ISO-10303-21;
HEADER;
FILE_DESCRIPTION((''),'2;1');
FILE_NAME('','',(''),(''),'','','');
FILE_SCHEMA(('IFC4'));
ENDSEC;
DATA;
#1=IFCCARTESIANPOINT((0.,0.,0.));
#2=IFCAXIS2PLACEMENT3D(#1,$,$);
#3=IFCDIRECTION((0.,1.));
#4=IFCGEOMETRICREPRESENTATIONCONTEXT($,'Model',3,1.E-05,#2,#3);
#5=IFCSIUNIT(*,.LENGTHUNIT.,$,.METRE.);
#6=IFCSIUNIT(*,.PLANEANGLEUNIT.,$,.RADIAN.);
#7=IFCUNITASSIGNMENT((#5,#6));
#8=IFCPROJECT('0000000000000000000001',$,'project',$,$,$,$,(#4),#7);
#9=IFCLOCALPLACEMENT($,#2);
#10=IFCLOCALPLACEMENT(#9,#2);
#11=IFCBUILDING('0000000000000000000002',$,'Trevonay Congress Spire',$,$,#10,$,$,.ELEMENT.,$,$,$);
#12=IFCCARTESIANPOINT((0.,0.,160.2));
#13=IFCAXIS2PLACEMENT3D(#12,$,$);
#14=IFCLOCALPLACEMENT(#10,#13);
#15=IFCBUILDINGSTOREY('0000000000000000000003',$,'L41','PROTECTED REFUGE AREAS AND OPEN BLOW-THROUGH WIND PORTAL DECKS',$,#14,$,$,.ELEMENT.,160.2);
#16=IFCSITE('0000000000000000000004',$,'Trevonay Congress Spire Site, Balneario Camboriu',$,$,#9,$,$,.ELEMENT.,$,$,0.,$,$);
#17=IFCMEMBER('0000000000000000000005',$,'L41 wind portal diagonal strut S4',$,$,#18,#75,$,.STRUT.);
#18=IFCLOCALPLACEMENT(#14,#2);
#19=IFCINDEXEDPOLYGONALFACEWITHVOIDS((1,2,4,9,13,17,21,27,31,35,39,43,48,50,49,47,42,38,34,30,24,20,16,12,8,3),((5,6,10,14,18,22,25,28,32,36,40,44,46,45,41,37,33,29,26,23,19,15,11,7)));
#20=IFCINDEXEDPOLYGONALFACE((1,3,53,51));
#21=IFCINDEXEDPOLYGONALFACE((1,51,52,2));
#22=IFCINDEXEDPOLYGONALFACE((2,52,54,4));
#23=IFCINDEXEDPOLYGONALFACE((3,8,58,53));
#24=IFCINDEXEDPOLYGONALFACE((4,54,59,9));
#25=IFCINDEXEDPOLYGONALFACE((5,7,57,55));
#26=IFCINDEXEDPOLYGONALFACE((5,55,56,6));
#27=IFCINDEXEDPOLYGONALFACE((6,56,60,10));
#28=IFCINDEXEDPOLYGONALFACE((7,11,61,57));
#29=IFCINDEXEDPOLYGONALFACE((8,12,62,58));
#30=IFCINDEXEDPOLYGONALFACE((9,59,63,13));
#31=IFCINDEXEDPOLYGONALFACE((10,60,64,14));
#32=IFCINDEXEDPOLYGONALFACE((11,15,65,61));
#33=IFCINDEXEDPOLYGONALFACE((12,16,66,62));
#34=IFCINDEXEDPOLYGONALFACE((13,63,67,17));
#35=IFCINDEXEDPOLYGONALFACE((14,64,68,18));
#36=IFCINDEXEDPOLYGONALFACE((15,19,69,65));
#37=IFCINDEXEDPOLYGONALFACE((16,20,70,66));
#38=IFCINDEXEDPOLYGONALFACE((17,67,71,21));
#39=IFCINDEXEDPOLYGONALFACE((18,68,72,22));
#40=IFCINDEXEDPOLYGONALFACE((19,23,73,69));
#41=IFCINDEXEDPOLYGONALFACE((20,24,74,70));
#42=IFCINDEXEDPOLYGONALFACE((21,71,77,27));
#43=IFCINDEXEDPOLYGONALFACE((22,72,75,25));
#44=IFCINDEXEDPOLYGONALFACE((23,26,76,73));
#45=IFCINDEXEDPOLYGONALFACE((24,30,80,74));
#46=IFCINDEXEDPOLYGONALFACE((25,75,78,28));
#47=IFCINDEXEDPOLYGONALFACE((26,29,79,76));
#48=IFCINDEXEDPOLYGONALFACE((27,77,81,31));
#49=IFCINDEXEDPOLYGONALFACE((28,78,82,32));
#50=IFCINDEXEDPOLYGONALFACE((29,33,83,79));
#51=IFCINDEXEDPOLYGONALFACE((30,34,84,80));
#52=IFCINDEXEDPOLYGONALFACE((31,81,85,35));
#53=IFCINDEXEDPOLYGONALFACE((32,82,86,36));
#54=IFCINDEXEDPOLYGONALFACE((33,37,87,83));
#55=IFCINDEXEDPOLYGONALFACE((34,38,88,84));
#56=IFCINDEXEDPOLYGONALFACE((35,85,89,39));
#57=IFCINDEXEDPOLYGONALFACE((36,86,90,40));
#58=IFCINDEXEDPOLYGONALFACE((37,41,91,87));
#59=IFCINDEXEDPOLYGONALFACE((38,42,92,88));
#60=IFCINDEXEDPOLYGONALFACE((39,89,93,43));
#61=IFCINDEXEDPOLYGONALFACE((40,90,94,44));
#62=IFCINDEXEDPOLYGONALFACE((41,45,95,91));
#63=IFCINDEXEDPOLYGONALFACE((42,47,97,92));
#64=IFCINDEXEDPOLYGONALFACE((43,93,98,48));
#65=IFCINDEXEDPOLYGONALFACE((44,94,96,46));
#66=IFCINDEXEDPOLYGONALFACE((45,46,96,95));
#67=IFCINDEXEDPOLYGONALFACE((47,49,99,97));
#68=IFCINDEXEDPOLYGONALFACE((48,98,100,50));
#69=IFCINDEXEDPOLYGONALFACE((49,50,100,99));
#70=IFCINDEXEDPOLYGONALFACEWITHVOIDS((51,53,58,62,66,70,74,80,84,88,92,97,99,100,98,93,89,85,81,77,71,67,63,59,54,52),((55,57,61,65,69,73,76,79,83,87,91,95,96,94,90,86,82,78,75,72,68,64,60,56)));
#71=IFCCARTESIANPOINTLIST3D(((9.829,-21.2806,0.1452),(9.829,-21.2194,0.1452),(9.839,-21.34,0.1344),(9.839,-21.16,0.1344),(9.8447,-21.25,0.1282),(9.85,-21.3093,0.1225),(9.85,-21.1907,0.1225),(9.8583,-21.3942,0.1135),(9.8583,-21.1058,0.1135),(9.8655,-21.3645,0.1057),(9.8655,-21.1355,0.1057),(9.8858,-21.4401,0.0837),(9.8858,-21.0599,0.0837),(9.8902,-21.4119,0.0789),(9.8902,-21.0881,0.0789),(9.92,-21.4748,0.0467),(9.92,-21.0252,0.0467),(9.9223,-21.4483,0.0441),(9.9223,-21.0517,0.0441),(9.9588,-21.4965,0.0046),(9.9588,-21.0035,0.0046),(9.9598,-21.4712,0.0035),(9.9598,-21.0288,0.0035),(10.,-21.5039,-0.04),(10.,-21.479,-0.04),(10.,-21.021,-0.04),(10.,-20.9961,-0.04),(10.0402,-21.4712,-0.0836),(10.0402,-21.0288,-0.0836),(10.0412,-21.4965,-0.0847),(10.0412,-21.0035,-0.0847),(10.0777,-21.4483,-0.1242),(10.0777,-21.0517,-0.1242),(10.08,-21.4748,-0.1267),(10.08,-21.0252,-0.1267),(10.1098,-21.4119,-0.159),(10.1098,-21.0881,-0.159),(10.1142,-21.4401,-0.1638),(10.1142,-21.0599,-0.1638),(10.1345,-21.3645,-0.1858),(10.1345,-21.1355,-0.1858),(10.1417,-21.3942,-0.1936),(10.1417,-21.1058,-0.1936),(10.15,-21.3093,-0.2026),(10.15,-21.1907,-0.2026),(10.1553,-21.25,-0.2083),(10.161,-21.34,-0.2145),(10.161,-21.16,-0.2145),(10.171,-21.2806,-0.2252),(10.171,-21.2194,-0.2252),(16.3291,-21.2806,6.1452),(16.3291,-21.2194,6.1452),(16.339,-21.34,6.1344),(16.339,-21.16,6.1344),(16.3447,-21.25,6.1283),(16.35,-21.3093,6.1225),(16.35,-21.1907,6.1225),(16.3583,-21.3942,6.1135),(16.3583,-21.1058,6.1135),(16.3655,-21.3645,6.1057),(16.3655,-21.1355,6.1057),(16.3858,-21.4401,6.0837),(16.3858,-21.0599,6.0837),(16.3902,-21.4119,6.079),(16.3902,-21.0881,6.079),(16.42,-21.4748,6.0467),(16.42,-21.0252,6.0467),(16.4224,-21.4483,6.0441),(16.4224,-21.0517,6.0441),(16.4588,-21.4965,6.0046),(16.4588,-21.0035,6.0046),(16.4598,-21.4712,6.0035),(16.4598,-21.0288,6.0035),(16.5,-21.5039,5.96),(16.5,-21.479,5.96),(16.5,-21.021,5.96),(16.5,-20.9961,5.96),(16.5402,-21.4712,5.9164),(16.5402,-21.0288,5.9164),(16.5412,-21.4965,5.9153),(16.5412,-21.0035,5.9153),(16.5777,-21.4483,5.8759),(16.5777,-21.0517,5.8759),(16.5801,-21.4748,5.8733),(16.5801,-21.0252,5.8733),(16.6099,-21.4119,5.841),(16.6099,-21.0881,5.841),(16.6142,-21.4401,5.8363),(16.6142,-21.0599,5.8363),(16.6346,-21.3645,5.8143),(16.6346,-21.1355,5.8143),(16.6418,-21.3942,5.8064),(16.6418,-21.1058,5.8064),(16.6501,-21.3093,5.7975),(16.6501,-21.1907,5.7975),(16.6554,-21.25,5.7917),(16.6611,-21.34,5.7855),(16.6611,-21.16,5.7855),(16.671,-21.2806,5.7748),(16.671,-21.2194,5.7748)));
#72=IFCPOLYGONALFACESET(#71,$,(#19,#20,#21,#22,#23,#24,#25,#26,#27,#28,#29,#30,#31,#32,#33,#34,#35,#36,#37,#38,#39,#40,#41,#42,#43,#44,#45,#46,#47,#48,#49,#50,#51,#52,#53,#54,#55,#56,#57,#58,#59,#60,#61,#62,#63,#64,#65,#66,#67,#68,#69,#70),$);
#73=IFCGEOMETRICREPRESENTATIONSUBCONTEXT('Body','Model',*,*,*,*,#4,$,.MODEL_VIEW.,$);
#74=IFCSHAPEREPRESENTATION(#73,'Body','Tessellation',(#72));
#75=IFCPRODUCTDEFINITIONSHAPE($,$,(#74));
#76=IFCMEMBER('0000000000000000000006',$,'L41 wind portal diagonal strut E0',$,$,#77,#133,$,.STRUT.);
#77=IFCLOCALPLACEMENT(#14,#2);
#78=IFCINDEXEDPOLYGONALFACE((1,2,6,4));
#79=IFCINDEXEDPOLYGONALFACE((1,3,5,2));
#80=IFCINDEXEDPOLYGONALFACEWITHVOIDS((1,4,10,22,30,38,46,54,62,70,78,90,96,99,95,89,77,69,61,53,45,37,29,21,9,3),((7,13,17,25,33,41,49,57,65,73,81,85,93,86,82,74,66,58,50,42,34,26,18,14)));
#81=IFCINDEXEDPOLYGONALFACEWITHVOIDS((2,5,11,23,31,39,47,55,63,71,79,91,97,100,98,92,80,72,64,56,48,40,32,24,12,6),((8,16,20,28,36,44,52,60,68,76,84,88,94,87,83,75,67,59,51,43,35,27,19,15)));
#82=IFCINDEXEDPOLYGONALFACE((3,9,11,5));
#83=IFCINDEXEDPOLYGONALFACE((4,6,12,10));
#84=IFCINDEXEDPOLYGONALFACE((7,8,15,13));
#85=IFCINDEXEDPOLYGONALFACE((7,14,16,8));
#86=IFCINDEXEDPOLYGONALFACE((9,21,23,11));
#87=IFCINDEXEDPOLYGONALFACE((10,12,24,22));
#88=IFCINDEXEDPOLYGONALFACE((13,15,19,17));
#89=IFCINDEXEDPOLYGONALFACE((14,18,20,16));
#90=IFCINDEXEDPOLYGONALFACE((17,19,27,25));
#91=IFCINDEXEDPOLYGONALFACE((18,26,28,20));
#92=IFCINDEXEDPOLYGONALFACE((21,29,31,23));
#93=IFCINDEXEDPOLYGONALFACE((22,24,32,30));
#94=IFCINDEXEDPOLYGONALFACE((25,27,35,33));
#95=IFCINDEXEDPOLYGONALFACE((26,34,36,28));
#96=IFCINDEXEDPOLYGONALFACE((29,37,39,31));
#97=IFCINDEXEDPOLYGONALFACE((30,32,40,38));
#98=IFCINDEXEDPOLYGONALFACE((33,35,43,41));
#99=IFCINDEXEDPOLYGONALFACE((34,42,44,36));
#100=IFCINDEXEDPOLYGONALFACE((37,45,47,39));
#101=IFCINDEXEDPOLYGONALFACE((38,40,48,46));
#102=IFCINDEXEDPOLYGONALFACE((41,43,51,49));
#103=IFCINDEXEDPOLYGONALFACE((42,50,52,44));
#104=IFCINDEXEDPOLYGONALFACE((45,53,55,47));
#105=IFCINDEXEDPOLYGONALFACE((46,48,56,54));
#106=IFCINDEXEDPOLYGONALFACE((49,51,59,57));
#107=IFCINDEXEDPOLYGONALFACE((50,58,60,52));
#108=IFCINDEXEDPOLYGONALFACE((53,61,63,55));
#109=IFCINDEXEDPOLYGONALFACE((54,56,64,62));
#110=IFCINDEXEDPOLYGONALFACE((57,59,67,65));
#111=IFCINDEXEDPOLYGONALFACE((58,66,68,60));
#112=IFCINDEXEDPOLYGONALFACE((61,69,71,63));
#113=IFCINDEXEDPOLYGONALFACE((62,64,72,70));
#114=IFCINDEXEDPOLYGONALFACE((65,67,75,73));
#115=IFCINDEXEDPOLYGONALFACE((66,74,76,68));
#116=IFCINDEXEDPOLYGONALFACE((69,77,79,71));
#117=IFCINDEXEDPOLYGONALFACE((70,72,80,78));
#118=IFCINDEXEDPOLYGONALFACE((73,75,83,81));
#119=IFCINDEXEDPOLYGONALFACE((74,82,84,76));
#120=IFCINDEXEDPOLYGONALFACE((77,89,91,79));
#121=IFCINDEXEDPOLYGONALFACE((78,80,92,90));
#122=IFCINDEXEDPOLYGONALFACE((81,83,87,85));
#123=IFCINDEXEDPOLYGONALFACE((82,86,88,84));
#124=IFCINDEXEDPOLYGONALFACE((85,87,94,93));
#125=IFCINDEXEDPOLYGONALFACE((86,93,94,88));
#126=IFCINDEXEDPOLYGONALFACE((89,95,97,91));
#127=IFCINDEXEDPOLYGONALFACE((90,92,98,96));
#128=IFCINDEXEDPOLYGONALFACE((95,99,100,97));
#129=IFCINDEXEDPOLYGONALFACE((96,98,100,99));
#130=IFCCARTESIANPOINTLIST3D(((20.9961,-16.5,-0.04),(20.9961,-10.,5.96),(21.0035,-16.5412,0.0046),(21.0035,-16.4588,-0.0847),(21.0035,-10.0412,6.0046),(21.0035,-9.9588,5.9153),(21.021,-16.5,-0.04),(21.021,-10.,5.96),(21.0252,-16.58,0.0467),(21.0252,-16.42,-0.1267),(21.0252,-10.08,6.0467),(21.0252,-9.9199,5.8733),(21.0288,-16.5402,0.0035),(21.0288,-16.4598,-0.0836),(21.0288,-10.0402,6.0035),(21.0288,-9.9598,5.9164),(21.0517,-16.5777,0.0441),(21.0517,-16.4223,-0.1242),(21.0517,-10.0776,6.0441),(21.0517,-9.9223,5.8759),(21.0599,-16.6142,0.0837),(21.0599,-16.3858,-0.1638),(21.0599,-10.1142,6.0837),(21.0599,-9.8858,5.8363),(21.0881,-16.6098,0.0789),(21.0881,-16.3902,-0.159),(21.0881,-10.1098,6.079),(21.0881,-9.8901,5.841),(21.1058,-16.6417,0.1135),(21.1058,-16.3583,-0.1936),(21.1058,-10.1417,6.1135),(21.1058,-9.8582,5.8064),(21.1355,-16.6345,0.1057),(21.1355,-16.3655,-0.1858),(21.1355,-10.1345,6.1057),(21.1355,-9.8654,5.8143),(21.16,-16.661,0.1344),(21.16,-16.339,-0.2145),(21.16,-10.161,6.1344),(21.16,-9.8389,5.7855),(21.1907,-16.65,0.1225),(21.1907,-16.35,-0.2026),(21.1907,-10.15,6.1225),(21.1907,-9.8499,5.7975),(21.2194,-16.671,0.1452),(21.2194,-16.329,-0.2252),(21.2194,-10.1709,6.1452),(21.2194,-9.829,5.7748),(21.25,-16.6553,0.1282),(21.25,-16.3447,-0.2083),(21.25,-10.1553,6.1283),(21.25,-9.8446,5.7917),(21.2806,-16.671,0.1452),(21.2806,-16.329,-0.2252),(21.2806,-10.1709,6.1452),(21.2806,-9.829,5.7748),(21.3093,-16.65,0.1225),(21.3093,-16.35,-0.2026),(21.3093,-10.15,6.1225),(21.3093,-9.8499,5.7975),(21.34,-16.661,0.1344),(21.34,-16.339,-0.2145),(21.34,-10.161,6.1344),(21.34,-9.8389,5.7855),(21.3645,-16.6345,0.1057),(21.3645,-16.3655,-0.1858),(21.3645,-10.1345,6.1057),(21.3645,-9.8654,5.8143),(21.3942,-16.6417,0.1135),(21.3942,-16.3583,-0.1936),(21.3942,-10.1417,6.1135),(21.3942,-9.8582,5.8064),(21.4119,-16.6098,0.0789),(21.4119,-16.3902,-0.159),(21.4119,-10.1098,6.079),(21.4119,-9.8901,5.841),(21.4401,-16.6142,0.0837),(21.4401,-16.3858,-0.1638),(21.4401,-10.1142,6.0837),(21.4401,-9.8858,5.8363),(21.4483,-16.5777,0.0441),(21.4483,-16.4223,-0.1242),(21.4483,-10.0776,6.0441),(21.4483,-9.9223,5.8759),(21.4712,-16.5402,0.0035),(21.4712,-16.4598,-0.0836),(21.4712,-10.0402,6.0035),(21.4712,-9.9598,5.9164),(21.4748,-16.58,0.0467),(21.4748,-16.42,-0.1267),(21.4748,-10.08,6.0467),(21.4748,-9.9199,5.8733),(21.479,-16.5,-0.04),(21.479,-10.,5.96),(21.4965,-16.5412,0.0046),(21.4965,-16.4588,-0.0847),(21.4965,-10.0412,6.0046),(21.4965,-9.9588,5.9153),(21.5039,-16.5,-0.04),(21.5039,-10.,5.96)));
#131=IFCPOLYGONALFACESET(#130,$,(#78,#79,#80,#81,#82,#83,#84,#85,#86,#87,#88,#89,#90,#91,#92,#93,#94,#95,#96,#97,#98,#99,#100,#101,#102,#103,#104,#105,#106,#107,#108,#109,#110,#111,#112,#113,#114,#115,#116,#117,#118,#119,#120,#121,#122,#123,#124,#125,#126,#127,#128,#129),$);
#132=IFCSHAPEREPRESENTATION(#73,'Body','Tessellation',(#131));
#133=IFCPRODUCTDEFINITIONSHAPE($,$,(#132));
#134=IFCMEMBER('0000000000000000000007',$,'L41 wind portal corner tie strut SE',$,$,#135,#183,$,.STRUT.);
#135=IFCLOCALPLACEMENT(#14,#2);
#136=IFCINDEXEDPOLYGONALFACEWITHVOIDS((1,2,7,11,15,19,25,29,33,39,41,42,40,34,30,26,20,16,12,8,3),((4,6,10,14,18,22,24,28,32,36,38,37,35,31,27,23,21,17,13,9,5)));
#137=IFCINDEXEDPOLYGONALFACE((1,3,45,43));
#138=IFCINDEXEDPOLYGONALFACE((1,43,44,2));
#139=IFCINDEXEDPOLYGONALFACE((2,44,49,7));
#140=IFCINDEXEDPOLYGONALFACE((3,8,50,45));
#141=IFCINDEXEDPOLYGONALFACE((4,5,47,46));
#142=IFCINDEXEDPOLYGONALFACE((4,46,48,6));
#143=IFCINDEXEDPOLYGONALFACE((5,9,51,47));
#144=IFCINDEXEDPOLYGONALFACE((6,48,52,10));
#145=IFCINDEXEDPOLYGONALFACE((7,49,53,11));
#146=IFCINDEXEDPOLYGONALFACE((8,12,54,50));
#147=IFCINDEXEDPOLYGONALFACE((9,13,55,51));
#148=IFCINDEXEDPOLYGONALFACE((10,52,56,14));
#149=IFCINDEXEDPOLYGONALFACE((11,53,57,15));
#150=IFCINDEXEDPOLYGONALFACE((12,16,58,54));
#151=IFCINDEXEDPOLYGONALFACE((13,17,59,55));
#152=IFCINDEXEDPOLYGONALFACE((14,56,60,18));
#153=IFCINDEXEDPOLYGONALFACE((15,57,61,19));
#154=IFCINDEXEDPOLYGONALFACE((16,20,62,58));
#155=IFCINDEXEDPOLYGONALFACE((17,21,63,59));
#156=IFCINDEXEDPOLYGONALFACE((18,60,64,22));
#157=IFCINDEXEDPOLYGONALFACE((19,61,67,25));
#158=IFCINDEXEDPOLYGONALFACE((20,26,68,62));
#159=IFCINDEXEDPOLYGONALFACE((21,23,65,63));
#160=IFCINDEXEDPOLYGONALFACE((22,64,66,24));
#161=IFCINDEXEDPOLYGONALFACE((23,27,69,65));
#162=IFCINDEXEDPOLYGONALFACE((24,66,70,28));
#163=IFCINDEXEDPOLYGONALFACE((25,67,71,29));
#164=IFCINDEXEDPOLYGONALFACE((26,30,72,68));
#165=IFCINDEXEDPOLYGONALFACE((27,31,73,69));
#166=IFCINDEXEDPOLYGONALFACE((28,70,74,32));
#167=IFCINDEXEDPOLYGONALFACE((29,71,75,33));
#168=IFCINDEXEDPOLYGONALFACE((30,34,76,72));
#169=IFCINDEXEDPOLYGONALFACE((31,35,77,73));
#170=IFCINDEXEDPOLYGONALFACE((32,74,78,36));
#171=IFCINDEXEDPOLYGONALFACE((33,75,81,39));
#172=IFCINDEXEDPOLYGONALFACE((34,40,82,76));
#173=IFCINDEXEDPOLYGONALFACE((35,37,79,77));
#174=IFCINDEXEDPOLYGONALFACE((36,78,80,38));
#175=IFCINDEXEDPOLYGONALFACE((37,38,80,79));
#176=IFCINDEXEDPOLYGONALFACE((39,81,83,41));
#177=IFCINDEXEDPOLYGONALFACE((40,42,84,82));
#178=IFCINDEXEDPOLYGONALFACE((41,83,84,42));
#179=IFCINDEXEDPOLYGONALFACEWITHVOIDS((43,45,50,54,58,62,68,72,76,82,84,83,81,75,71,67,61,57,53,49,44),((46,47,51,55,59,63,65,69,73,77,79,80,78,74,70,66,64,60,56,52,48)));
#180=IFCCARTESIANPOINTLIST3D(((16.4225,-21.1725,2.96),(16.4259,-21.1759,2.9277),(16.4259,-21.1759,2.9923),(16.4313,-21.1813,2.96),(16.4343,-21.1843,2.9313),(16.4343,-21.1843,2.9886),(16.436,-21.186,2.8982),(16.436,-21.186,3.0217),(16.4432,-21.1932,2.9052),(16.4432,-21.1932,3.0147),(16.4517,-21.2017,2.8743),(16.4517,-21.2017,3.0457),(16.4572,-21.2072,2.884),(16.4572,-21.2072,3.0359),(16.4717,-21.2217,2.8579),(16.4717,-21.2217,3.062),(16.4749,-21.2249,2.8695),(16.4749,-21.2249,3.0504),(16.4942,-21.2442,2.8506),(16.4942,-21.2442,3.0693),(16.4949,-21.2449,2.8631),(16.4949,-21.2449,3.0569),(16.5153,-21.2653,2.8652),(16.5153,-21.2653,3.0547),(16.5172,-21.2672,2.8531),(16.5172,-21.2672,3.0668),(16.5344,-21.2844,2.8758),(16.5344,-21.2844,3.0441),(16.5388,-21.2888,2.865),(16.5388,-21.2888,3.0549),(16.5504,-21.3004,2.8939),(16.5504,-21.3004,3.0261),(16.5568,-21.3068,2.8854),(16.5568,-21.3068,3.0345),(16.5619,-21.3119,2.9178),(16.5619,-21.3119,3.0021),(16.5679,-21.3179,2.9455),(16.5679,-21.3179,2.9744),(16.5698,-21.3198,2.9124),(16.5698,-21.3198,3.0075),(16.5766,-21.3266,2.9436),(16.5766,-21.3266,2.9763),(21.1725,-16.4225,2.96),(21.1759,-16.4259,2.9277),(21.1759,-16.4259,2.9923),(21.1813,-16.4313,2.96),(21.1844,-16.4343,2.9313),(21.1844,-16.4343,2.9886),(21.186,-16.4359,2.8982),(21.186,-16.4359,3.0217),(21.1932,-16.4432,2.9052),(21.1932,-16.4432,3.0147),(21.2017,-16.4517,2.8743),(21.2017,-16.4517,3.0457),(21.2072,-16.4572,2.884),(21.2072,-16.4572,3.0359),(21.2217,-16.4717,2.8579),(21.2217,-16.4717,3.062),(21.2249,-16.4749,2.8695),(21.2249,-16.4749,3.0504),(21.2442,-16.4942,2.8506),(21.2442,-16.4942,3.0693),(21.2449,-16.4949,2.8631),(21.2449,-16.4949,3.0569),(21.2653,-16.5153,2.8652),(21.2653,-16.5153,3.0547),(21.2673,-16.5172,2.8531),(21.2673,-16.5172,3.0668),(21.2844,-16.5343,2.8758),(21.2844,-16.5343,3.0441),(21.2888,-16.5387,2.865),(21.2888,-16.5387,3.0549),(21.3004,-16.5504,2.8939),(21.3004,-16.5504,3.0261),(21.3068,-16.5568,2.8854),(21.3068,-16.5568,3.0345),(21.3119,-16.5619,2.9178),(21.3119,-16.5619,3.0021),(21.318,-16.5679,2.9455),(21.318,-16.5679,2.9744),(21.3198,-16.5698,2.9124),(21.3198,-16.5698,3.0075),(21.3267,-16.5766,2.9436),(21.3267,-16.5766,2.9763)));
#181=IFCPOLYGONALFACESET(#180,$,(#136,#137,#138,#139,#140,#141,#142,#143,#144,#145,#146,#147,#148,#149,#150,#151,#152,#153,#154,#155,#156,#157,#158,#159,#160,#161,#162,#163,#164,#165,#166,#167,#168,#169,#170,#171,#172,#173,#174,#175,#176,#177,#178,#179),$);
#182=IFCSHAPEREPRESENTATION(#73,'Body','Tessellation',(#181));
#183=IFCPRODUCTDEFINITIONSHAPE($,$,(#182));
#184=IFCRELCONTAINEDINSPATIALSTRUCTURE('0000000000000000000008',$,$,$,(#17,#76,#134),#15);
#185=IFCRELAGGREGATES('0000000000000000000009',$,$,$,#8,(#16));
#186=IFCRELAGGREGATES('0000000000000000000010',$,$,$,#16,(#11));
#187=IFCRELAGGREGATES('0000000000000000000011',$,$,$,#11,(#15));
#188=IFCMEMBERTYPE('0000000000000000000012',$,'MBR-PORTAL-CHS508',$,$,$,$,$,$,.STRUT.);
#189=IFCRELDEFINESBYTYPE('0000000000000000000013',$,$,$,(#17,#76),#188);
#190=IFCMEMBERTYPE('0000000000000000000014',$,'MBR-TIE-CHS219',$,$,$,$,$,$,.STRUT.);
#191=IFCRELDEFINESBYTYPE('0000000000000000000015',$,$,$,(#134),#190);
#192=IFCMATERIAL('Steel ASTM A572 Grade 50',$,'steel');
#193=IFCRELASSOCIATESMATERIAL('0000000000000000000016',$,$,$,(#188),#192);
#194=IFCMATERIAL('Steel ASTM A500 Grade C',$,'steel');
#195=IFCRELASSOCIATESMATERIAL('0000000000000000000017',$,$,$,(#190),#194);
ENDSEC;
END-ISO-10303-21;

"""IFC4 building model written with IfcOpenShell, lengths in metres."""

from ifc_helpers import new_model, si_unit, direction, frame, origin, origin_2d, place, context, subcontext, project, spatial, hollow_circle, extrude, material, material_profile, profile_set, type_object, element, save


model = new_model("IFC4")

# Units and contexts
model_context = context("Model", 3, precision=1e-05, world=origin(), true_north=direction((0.0, 1.0)))
body_context = subcontext(model_context, "Body", "Model", "MODEL_VIEW")
ifc_project = project(units=[si_unit("LENGTHUNIT", "METRE"), si_unit("PLANEANGLEUNIT", "RADIAN")], contexts=[model_context])

# Site, building, storey
site_placement = place(None, origin())
site = spatial("IfcSite", under=ifc_project, at=site_placement, Name="Trevonay Congress Spire Site, Balneario Camboriu", CompositionType="ELEMENT", RefElevation=0.0)
building_placement = place(site_placement, origin())
building = spatial("IfcBuilding", under=site, at=building_placement, Name="Trevonay Congress Spire", CompositionType="ELEMENT")
storey_placement = place(building_placement, frame((0.0, 0.0, 160.2)))
storey = spatial("IfcBuildingStorey", under=building, at=storey_placement, Name="L41", Description="PROTECTED REFUGE AREAS AND OPEN BLOW-THROUGH WIND PORTAL DECKS", CompositionType="ELEMENT", Elevation=160.2)

# Shared definitions
ifc_material_1 = material(Name="Steel ASTM A572 Grade 50", Category="steel")

# Members
ifc_material_profile_1 = material_profile(ifc_material_1, hollow_circle(Radius=0.2539, WallThickness=0.0249, at=origin_2d()), Name="CHS 508x25")
ifc_profile_set_1 = profile_set([ifc_material_profile_1], Name="Steel ASTM A572 Grade 50")
member_type_1 = type_object("IfcMemberType", Name="MBR-PORTAL-CHS508", PredefinedType="STRUT", material=ifc_profile_set_1)
for number, where, z_axis, x_axis, name in (
    (1, (10.0, -21.25, -0.04), (0.734803, 0.0, 0.67828), (0.0, 1.0, 0.0), "L41 wind portal diagonal strut S4"),
    (2, (21.25, -16.5, -0.04), (0.0, 0.734803, 0.67828), (-1.0, 0.0, 0.0), "L41 wind portal diagonal strut E0"),
):
    element("IfcMember", number, at=place(storey_placement, frame(where, z_axis=z_axis, x_axis=x_axis)), inside=storey, type_object=member_type_1, Name=name, PredefinedType="STRUT", context=body_context, shape_type="SweptSolid", body=[
        extrude(hollow_circle(Radius=0.2539, WallThickness=0.0249, at=origin_2d()), origin(), (0.0, 0.0, 1.0), 8.8459),
    ])
ifc_material_2 = material(Name="Steel ASTM A500 Grade C", Category="steel")
ifc_material_profile_2 = material_profile(ifc_material_2, hollow_circle(Radius=0.1096, WallThickness=0.0125, at=origin_2d()), Name="CHS 219.1x12.5")
ifc_profile_set_2 = profile_set([ifc_material_profile_2], Name="Steel ASTM A500 Grade C")
member_type_2 = type_object("IfcMemberType", Name="MBR-TIE-CHS219", PredefinedType="STRUT", material=ifc_profile_set_2)
member_placement = place(storey_placement, frame((16.5, -21.25, 2.96), z_axis=(0.707107, 0.707107, 0.0), x_axis=(-0.707107, 0.707107, 0.0)))
element("IfcMember", 3, at=member_placement, inside=storey, type_object=member_type_2, Name="L41 wind portal corner tie strut SE", PredefinedType="STRUT", context=body_context, shape_type="SweptSolid", body=[
    extrude(hollow_circle(Radius=0.1096, WallThickness=0.0125, at=origin_2d()), origin(), (0.0, 0.0, 1.0), 6.7175),
])

save(model, "model.ifc")
